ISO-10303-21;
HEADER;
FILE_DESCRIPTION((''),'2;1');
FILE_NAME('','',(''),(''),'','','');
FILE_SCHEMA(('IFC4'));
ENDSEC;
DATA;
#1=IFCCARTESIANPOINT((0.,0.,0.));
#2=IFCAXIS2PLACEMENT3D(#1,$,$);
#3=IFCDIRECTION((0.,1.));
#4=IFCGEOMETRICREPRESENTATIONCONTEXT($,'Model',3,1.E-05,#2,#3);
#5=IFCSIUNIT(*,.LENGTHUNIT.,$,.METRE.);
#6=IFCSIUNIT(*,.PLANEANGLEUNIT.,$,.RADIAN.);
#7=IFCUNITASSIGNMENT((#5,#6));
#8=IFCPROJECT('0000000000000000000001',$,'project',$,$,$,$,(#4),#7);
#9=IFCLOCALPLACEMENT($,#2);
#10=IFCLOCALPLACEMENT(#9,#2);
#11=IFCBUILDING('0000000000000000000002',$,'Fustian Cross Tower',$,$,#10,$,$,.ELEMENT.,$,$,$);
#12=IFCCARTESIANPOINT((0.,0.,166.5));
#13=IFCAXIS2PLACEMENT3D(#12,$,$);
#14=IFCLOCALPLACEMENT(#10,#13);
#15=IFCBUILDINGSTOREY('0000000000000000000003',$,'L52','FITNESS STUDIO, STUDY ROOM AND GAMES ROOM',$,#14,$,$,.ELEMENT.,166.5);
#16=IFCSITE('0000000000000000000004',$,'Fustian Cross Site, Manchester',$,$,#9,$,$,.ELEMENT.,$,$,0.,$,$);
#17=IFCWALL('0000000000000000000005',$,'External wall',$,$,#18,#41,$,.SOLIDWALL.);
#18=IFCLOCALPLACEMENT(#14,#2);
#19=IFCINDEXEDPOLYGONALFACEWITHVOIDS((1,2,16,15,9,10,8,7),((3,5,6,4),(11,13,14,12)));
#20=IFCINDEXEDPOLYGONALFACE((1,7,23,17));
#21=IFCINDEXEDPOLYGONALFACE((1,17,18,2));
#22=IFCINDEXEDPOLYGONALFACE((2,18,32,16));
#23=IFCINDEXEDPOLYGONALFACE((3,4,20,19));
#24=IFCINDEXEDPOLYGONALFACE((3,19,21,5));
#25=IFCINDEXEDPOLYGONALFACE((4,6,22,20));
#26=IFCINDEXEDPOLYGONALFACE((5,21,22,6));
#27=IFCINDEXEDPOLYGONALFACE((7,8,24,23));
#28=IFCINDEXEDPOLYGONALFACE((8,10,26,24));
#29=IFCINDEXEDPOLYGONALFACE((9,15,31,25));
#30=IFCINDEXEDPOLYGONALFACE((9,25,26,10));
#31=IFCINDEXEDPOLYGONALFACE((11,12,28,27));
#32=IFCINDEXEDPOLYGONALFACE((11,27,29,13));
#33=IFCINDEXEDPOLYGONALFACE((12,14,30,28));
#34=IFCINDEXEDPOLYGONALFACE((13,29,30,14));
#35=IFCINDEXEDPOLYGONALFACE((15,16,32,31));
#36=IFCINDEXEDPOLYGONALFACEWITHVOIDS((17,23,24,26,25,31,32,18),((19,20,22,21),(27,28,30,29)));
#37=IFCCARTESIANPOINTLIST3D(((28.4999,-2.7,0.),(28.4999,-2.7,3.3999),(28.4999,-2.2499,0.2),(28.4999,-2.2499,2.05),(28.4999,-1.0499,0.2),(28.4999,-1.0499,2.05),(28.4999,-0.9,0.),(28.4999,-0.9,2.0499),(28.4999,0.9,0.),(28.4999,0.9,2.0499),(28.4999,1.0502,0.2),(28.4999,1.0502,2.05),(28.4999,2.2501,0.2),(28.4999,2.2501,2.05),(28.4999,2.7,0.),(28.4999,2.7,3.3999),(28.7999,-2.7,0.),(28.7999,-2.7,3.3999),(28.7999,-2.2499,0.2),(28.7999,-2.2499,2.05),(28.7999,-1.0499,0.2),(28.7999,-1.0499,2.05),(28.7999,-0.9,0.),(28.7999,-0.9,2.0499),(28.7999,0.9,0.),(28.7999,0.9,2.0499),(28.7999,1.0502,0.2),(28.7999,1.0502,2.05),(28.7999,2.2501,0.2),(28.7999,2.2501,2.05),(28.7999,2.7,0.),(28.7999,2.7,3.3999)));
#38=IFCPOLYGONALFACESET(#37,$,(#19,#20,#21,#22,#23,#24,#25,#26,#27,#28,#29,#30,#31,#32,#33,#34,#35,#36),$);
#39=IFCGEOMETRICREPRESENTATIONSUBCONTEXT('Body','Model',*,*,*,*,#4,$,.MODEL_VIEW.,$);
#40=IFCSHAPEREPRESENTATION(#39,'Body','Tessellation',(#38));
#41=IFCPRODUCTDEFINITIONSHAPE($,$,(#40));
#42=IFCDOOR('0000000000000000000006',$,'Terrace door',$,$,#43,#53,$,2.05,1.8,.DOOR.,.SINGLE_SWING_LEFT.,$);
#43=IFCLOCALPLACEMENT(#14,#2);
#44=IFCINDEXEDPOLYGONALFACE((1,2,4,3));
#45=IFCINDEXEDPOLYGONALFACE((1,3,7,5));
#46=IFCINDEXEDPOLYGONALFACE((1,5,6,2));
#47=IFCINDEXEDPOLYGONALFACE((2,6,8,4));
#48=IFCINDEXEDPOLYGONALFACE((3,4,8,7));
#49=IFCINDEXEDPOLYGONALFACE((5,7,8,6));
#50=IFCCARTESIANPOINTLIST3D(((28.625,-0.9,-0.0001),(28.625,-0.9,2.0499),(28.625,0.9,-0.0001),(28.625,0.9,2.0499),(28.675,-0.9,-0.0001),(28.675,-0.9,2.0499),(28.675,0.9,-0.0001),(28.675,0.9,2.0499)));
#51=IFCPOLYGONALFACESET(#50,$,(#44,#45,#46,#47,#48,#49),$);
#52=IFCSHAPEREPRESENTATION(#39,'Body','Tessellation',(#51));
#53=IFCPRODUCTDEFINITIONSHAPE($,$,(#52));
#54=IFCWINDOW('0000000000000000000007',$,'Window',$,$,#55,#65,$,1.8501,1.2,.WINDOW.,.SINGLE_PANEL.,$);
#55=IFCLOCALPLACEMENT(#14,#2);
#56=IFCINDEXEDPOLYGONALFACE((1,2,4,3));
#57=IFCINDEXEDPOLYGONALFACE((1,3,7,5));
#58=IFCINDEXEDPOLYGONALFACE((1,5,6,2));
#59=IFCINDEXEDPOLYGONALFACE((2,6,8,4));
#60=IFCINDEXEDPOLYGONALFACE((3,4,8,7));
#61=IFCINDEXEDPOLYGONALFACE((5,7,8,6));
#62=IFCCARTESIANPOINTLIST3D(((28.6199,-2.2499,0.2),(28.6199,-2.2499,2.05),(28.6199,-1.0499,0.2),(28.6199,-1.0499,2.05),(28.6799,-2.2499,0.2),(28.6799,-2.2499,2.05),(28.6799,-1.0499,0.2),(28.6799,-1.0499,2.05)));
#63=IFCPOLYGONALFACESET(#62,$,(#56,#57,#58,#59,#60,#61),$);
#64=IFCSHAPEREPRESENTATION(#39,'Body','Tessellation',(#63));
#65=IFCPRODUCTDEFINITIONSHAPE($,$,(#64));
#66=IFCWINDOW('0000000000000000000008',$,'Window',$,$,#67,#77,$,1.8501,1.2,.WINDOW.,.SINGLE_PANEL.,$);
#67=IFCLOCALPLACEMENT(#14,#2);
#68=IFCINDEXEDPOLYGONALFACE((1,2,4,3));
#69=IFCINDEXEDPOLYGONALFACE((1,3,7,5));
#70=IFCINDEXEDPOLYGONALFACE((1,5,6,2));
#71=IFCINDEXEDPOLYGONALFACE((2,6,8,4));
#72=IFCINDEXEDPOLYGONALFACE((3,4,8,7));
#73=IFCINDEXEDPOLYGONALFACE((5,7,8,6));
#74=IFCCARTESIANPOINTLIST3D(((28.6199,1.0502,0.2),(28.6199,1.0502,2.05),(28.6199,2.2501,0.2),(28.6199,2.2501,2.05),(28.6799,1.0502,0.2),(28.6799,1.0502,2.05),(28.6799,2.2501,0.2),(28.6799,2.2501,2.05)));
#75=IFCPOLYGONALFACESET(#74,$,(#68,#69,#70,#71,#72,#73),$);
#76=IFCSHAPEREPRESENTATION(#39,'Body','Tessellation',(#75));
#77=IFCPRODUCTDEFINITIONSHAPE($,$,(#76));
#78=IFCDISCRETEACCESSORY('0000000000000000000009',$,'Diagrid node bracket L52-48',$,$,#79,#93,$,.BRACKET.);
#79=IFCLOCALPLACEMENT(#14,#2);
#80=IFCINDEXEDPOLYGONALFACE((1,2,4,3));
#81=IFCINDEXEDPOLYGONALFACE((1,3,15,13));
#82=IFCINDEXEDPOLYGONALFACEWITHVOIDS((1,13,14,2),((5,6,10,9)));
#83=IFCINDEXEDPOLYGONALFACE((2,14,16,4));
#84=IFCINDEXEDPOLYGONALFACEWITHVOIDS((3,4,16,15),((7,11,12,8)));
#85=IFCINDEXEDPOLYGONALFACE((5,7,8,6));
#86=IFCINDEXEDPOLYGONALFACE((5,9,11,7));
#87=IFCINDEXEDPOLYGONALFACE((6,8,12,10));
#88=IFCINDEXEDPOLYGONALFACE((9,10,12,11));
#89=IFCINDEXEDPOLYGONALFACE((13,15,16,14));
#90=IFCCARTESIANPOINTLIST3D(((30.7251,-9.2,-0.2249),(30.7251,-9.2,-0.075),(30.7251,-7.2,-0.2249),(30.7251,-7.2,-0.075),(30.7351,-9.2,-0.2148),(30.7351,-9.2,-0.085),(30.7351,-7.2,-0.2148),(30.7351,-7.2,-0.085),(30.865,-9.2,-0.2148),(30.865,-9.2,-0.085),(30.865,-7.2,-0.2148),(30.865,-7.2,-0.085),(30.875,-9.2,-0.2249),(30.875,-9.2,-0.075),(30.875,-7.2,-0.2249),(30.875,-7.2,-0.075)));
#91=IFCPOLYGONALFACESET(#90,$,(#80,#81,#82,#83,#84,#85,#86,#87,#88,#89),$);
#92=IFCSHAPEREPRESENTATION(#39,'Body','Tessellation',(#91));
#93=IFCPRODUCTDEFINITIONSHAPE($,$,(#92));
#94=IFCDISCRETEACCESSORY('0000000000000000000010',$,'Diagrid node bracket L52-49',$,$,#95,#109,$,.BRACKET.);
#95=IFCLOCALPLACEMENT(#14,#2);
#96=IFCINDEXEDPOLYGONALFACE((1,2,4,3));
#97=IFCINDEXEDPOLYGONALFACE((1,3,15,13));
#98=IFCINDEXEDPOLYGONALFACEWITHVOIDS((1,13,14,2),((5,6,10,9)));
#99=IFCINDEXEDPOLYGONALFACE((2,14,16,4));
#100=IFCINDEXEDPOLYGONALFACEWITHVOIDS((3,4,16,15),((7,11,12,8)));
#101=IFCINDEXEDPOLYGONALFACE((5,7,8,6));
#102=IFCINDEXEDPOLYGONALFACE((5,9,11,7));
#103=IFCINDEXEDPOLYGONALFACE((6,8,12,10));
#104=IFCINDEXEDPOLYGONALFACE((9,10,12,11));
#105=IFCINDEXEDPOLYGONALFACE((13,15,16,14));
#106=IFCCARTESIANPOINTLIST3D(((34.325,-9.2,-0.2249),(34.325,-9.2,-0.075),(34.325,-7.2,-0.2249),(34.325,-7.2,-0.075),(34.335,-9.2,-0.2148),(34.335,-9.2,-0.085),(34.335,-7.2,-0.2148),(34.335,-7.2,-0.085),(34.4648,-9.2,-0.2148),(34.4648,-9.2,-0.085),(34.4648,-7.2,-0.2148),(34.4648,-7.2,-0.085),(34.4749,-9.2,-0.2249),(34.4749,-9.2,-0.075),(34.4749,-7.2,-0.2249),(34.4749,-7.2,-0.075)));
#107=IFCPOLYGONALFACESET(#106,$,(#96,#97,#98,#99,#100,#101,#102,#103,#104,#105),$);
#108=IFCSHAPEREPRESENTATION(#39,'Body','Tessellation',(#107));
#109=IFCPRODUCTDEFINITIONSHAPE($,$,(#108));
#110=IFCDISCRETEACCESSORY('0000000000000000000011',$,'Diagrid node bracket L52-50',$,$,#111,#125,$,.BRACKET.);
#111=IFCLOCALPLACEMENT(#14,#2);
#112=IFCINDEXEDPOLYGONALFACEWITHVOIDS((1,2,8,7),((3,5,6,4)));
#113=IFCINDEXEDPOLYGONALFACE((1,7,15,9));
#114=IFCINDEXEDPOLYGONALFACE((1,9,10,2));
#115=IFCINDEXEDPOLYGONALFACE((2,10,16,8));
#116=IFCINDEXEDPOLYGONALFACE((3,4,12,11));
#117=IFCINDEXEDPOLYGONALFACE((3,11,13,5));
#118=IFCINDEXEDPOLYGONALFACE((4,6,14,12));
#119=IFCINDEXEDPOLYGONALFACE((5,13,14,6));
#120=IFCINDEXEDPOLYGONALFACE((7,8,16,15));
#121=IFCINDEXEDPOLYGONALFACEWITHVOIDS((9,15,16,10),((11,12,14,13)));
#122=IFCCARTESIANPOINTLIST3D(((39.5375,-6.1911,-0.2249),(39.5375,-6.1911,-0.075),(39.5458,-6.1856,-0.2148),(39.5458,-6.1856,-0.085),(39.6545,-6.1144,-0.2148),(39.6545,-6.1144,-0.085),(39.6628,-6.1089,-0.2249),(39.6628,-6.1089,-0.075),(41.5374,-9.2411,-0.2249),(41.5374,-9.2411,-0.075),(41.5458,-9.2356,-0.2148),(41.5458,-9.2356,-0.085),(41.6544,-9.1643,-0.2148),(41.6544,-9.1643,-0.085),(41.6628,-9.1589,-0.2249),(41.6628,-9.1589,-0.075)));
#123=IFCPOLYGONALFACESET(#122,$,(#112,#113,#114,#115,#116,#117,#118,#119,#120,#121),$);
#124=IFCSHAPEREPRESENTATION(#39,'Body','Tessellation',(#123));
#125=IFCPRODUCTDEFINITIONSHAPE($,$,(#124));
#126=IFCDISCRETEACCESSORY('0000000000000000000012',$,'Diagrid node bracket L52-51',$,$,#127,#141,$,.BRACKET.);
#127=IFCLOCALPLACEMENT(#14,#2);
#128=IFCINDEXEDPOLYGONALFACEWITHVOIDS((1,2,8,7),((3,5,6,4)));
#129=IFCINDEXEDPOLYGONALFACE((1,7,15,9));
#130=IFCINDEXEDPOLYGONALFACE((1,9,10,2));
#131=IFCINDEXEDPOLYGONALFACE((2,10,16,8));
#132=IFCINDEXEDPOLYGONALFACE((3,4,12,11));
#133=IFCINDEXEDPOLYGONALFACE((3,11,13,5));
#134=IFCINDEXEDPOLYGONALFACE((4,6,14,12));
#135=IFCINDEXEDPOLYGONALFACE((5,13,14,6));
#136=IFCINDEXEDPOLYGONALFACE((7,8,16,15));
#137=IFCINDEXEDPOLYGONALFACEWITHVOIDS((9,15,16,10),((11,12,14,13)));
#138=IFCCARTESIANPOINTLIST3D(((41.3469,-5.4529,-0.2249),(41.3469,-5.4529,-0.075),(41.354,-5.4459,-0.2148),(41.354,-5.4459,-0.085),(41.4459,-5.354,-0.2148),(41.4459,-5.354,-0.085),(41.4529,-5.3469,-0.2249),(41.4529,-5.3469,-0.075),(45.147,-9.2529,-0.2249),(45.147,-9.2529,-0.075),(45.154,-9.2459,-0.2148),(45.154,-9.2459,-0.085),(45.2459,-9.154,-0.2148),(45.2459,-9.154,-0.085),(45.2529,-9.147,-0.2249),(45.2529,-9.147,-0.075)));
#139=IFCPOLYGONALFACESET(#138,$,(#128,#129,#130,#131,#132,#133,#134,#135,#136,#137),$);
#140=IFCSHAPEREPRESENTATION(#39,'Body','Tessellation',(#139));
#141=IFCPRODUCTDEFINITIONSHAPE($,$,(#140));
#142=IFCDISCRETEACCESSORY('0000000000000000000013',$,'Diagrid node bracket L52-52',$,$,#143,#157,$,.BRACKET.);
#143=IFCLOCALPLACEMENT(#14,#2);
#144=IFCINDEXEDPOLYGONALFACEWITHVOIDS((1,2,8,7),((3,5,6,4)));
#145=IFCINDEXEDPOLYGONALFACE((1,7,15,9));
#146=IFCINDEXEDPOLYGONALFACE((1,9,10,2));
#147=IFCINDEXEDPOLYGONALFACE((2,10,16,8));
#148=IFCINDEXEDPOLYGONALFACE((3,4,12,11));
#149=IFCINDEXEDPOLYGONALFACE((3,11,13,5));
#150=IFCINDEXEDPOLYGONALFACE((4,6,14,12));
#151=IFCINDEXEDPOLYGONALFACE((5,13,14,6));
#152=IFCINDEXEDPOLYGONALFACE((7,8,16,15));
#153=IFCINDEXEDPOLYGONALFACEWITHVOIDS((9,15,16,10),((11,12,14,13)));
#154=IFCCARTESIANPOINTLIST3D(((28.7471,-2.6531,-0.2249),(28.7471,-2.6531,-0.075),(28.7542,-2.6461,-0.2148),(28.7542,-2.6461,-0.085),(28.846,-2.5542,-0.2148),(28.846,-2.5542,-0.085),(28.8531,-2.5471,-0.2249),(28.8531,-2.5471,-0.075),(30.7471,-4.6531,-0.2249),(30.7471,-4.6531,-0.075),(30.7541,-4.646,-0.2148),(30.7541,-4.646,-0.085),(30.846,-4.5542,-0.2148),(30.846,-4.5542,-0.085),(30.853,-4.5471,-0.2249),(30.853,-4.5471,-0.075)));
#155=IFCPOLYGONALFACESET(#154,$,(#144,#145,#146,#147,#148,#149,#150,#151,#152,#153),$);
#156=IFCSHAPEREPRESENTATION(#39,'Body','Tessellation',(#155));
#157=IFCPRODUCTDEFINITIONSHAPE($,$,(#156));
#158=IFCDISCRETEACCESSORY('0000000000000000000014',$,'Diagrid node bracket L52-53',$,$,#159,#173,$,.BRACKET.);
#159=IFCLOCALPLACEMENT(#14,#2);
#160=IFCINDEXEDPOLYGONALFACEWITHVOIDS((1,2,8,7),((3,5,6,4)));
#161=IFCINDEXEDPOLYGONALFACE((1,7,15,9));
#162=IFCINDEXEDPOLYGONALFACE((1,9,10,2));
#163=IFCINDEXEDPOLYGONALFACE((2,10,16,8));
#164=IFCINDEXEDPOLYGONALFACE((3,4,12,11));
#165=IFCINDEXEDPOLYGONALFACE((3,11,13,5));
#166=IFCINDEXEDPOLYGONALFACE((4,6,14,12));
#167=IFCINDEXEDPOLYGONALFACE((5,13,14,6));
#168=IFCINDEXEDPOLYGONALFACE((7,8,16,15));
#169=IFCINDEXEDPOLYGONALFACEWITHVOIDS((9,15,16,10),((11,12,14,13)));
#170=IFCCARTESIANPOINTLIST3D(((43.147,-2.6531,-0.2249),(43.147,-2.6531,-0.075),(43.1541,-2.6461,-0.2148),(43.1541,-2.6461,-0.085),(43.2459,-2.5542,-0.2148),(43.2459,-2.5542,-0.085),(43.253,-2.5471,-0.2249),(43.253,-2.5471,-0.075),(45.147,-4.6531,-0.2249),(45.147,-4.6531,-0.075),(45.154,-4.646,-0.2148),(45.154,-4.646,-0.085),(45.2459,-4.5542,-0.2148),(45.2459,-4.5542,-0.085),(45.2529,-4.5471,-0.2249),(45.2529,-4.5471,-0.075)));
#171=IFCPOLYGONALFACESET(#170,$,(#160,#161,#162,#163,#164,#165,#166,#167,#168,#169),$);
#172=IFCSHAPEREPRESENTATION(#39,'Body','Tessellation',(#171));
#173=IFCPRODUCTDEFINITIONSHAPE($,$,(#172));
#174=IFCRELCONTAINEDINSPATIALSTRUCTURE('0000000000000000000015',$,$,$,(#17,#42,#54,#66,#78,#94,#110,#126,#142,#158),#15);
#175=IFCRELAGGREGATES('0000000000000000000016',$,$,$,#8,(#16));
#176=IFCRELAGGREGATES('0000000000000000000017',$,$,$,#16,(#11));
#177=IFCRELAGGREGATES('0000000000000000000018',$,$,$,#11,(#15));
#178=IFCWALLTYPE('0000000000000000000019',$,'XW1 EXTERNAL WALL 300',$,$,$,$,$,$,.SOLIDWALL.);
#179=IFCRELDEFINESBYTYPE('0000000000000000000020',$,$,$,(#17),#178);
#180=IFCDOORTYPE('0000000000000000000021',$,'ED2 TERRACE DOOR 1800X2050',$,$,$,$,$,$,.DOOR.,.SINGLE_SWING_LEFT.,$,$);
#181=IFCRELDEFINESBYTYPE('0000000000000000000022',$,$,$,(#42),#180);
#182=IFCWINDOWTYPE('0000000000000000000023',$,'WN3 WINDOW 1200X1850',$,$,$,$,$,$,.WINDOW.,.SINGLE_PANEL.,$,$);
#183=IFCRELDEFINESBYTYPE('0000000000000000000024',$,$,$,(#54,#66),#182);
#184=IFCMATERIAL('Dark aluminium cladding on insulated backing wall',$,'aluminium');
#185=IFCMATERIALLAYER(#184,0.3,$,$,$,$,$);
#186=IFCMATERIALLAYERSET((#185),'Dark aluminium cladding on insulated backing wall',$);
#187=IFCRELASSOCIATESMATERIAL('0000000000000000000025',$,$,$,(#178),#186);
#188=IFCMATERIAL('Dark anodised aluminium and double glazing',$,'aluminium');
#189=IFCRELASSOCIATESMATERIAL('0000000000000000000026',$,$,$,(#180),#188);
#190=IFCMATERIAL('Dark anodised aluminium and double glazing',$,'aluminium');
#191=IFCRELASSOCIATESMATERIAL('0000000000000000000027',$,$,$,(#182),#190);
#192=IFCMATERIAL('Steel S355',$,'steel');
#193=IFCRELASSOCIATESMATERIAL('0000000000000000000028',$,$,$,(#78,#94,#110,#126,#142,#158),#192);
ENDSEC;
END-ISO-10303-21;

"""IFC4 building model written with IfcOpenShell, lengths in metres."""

from ifc_helpers import new_model, si_unit, direction, frame, frame_2d, origin, origin_2d, place, context, subcontext, project, spatial, rectangle, hollow_rectangle, extrude, material, layer, layer_set, type_object, element, fill, save


model = new_model("IFC4")

# Units and contexts
model_context = context("Model", 3, precision=1e-05, world=origin(), true_north=direction((0.0, 1.0)))
body_context = subcontext(model_context, "Body", "Model", "MODEL_VIEW")
ifc_project = project(units=[si_unit("LENGTHUNIT", "METRE"), si_unit("PLANEANGLEUNIT", "RADIAN")], contexts=[model_context])

# Site, building, storey
site_placement = place(None, origin())
site = spatial("IfcSite", under=ifc_project, at=site_placement, Name="Fustian Cross Site, Manchester", CompositionType="ELEMENT", RefElevation=0.0)
building_placement = place(site_placement, origin())
building = spatial("IfcBuilding", under=site, at=building_placement, Name="Fustian Cross Tower", CompositionType="ELEMENT")
storey_placement = place(building_placement, frame((0.0, 0.0, 166.5)))
storey = spatial("IfcBuildingStorey", under=building, at=storey_placement, Name="L52", Description="FITNESS STUDIO, STUDY ROOM AND GAMES ROOM", CompositionType="ELEMENT", Elevation=166.5)

# Wall, openings, door, windows
ifc_material_1 = material(Name="Dark aluminium cladding on insulated backing wall", Category="aluminium")
ifc_layer_1 = layer(ifc_material_1, 0.3)
ifc_layer_set_1 = layer_set([ifc_layer_1], Name="Dark aluminium cladding on insulated backing wall")
wall_type_1 = type_object("IfcWallType", Name="XW1 EXTERNAL WALL 300", PredefinedType="SOLIDWALL", material=ifc_layer_set_1)
wall_1_placement = place(storey_placement, frame((28.6499, -2.7, 0.0), z_axis=(0.0, 0.0, 1.0), x_axis=(0.0, 1.0, 0.0)))
wall_1 = element("IfcWall", 1, at=wall_1_placement, inside=storey, type_object=wall_type_1, Name="External wall", PredefinedType="SOLIDWALL", context=body_context, shape_type="SweptSolid", body=[
    extrude(rectangle(XDim=5.3999, YDim=0.3, at=frame_2d((2.7, 0.0))), origin(), (0.0, 0.0, 1.0), 3.3999),
])
opening_1_placement = place(wall_1_placement, frame((1.8, 0.0, 0.0)))
opening_1 = element("IfcOpeningElement", 2, at=opening_1_placement, cuts=wall_1, PredefinedType="OPENING", context=body_context, shape_type="SweptSolid", body=[
    extrude(rectangle(XDim=1.8, YDim=2.05, at=frame_2d((0.8999, 1.0249))), frame((0.0, 0.1599, 0.0), z_axis=(0.0, -1.0, 0.0), x_axis=(1.0, 0.0, 0.0)), (0.0, 0.0, 1.0), 0.3201),
])
opening_2_placement = place(wall_1_placement, frame((0.45, 0.0, 0.2)))
opening_2 = element("IfcOpeningElement", 3, at=opening_2_placement, cuts=wall_1, PredefinedType="OPENING", context=body_context, shape_type="SweptSolid", body=[
    extrude(rectangle(XDim=1.2, YDim=1.8501, at=frame_2d((0.6001, 0.925))), frame((0.0, 0.1599, 0.0), z_axis=(0.0, -1.0, 0.0), x_axis=(1.0, 0.0, 0.0)), (0.0, 0.0, 1.0), 0.3201),
])
opening_3_placement = place(wall_1_placement, frame((3.75, 0.0, 0.2)))
opening_3 = element("IfcOpeningElement", 4, at=opening_3_placement, cuts=wall_1, PredefinedType="OPENING", context=body_context, shape_type="SweptSolid", body=[
    extrude(rectangle(XDim=1.2, YDim=1.8501, at=frame_2d((0.6001, 0.925))), frame((0.0, 0.1599, 0.0), z_axis=(0.0, -1.0, 0.0), x_axis=(1.0, 0.0, 0.0)), (0.0, 0.0, 1.0), 0.3201),
])
ifc_material_2 = material(Name="Dark anodised aluminium and double glazing", Category="aluminium")
door_type = type_object("IfcDoorType", Name="ED2 TERRACE DOOR 1800X2050", OperationType="SINGLE_SWING_LEFT", PredefinedType="DOOR", material=ifc_material_2)
door_placement = place(opening_1_placement, origin())
door = element("IfcDoor", 5, at=door_placement, inside=storey, type_object=door_type, Name="Terrace door", OperationType="SINGLE_SWING_LEFT", OverallHeight=2.05, OverallWidth=1.8, PredefinedType="DOOR", context=body_context, shape_type="SweptSolid", body=[
    extrude(rectangle(XDim=1.8, YDim=2.05, at=frame_2d((0.8999, 1.0249))), frame((0.0, 0.0249, 0.0), z_axis=(0.0, -1.0, 0.0), x_axis=(1.0, 0.0, 0.0)), (0.0, 0.0, 1.0), 0.05),
])
fill(opening_1, door)
ifc_material_3 = material(Name="Dark anodised aluminium and double glazing", Category="aluminium")
window_type = type_object("IfcWindowType", Name="WN3 WINDOW 1200X1850", PartitioningType="SINGLE_PANEL", PredefinedType="WINDOW", material=ifc_material_3)
window_1_placement = place(opening_2_placement, origin())
window_1 = element("IfcWindow", 6, at=window_1_placement, inside=storey, type_object=window_type, Name="Window", OverallHeight=1.8501, OverallWidth=1.2, PartitioningType="SINGLE_PANEL", PredefinedType="WINDOW", context=body_context, shape_type="SweptSolid", body=[
    extrude(rectangle(XDim=1.2, YDim=1.8501, at=frame_2d((0.6001, 0.925))), frame((0.0, 0.03, 0.0), z_axis=(0.0, -1.0, 0.0), x_axis=(1.0, 0.0, 0.0)), (0.0, 0.0, 1.0), 0.0601),
])
fill(opening_2, window_1)
window_2_placement = place(opening_3_placement, origin())
window_2 = element("IfcWindow", 7, at=window_2_placement, inside=storey, type_object=window_type, Name="Window", OverallHeight=1.8501, OverallWidth=1.2, PartitioningType="SINGLE_PANEL", PredefinedType="WINDOW", context=body_context, shape_type="SweptSolid", body=[
    extrude(rectangle(XDim=1.2, YDim=1.8501, at=frame_2d((0.6001, 0.925))), frame((0.0, 0.03, 0.0), z_axis=(0.0, -1.0, 0.0), x_axis=(1.0, 0.0, 0.0)), (0.0, 0.0, 1.0), 0.0601),
])
fill(opening_3, window_2)

# Discrete accessories
ifc_material_4 = material(Name="Steel S355", Category="steel")
for number, where, z_axis, x_axis, name in (
    (8, (30.8, -9.2, -0.1499), (0.0, 1.0, 0.0), (-1.0, 0.0, 0.0), "Diagrid node bracket L52-48"),
    (9, (34.3999, -9.2, -0.1499), (0.0, 1.0, 0.0), (-1.0, 0.0, 0.0), "Diagrid node bracket L52-49"),
):
    element("IfcDiscreteAccessory", number, at=place(storey_placement, frame(where, z_axis=z_axis, x_axis=x_axis)), inside=storey, material=ifc_material_4, Name=name, PredefinedType="BRACKET", context=body_context, shape_type="SweptSolid", body=[
        extrude(hollow_rectangle(XDim=0.1499, YDim=0.1499, WallThickness=0.01, at=origin_2d()), origin(), (0.0, 0.0, 1.0), 2.0),
    ])
discrete_accessory_1_placement = place(storey_placement, frame((41.6001, -9.2, -0.1499), z_axis=(-0.548351, 0.836248, 0.0), x_axis=(-0.836248, -0.548351, 0.0)))
element("IfcDiscreteAccessory", 10, at=discrete_accessory_1_placement, inside=storey, material=ifc_material_4, Name="Diagrid node bracket L52-50", PredefinedType="BRACKET", context=body_context, shape_type="SweptSolid", body=[
    extrude(hollow_rectangle(XDim=0.1499, YDim=0.1499, WallThickness=0.01, at=origin_2d()), origin(), (0.0, 0.0, 1.0), 3.6472),
])
discrete_accessory_2_placement = place(storey_placement, frame((45.2, -9.2, -0.1499), z_axis=(-0.707107, 0.707107, 0.0), x_axis=(-0.707107, -0.707107, 0.0)))
element("IfcDiscreteAccessory", 11, at=discrete_accessory_2_placement, inside=storey, material=ifc_material_4, Name="Diagrid node bracket L52-51", PredefinedType="BRACKET", context=body_context, shape_type="SweptSolid", body=[
    extrude(hollow_rectangle(XDim=0.1499, YDim=0.1499, WallThickness=0.01, at=origin_2d()), origin(), (0.0, 0.0, 1.0), 5.374),
])
for number, where, z_axis, x_axis, name in (
    (12, (30.8, -4.6001, -0.1499), (-0.707107, 0.707107, 0.0), (-0.707107, -0.707107, 0.0), "Diagrid node bracket L52-52"),
    (13, (45.2, -4.6001, -0.1499), (-0.707107, 0.707107, 0.0), (-0.707107, -0.707107, 0.0), "Diagrid node bracket L52-53"),
):
    element("IfcDiscreteAccessory", number, at=place(storey_placement, frame(where, z_axis=z_axis, x_axis=x_axis)), inside=storey, material=ifc_material_4, Name=name, PredefinedType="BRACKET", context=body_context, shape_type="SweptSolid", body=[
        extrude(hollow_rectangle(XDim=0.1499, YDim=0.1499, WallThickness=0.01, at=origin_2d()), origin(), (0.0, 0.0, 1.0), 2.8284),
    ])

save(model, "model.ifc")
